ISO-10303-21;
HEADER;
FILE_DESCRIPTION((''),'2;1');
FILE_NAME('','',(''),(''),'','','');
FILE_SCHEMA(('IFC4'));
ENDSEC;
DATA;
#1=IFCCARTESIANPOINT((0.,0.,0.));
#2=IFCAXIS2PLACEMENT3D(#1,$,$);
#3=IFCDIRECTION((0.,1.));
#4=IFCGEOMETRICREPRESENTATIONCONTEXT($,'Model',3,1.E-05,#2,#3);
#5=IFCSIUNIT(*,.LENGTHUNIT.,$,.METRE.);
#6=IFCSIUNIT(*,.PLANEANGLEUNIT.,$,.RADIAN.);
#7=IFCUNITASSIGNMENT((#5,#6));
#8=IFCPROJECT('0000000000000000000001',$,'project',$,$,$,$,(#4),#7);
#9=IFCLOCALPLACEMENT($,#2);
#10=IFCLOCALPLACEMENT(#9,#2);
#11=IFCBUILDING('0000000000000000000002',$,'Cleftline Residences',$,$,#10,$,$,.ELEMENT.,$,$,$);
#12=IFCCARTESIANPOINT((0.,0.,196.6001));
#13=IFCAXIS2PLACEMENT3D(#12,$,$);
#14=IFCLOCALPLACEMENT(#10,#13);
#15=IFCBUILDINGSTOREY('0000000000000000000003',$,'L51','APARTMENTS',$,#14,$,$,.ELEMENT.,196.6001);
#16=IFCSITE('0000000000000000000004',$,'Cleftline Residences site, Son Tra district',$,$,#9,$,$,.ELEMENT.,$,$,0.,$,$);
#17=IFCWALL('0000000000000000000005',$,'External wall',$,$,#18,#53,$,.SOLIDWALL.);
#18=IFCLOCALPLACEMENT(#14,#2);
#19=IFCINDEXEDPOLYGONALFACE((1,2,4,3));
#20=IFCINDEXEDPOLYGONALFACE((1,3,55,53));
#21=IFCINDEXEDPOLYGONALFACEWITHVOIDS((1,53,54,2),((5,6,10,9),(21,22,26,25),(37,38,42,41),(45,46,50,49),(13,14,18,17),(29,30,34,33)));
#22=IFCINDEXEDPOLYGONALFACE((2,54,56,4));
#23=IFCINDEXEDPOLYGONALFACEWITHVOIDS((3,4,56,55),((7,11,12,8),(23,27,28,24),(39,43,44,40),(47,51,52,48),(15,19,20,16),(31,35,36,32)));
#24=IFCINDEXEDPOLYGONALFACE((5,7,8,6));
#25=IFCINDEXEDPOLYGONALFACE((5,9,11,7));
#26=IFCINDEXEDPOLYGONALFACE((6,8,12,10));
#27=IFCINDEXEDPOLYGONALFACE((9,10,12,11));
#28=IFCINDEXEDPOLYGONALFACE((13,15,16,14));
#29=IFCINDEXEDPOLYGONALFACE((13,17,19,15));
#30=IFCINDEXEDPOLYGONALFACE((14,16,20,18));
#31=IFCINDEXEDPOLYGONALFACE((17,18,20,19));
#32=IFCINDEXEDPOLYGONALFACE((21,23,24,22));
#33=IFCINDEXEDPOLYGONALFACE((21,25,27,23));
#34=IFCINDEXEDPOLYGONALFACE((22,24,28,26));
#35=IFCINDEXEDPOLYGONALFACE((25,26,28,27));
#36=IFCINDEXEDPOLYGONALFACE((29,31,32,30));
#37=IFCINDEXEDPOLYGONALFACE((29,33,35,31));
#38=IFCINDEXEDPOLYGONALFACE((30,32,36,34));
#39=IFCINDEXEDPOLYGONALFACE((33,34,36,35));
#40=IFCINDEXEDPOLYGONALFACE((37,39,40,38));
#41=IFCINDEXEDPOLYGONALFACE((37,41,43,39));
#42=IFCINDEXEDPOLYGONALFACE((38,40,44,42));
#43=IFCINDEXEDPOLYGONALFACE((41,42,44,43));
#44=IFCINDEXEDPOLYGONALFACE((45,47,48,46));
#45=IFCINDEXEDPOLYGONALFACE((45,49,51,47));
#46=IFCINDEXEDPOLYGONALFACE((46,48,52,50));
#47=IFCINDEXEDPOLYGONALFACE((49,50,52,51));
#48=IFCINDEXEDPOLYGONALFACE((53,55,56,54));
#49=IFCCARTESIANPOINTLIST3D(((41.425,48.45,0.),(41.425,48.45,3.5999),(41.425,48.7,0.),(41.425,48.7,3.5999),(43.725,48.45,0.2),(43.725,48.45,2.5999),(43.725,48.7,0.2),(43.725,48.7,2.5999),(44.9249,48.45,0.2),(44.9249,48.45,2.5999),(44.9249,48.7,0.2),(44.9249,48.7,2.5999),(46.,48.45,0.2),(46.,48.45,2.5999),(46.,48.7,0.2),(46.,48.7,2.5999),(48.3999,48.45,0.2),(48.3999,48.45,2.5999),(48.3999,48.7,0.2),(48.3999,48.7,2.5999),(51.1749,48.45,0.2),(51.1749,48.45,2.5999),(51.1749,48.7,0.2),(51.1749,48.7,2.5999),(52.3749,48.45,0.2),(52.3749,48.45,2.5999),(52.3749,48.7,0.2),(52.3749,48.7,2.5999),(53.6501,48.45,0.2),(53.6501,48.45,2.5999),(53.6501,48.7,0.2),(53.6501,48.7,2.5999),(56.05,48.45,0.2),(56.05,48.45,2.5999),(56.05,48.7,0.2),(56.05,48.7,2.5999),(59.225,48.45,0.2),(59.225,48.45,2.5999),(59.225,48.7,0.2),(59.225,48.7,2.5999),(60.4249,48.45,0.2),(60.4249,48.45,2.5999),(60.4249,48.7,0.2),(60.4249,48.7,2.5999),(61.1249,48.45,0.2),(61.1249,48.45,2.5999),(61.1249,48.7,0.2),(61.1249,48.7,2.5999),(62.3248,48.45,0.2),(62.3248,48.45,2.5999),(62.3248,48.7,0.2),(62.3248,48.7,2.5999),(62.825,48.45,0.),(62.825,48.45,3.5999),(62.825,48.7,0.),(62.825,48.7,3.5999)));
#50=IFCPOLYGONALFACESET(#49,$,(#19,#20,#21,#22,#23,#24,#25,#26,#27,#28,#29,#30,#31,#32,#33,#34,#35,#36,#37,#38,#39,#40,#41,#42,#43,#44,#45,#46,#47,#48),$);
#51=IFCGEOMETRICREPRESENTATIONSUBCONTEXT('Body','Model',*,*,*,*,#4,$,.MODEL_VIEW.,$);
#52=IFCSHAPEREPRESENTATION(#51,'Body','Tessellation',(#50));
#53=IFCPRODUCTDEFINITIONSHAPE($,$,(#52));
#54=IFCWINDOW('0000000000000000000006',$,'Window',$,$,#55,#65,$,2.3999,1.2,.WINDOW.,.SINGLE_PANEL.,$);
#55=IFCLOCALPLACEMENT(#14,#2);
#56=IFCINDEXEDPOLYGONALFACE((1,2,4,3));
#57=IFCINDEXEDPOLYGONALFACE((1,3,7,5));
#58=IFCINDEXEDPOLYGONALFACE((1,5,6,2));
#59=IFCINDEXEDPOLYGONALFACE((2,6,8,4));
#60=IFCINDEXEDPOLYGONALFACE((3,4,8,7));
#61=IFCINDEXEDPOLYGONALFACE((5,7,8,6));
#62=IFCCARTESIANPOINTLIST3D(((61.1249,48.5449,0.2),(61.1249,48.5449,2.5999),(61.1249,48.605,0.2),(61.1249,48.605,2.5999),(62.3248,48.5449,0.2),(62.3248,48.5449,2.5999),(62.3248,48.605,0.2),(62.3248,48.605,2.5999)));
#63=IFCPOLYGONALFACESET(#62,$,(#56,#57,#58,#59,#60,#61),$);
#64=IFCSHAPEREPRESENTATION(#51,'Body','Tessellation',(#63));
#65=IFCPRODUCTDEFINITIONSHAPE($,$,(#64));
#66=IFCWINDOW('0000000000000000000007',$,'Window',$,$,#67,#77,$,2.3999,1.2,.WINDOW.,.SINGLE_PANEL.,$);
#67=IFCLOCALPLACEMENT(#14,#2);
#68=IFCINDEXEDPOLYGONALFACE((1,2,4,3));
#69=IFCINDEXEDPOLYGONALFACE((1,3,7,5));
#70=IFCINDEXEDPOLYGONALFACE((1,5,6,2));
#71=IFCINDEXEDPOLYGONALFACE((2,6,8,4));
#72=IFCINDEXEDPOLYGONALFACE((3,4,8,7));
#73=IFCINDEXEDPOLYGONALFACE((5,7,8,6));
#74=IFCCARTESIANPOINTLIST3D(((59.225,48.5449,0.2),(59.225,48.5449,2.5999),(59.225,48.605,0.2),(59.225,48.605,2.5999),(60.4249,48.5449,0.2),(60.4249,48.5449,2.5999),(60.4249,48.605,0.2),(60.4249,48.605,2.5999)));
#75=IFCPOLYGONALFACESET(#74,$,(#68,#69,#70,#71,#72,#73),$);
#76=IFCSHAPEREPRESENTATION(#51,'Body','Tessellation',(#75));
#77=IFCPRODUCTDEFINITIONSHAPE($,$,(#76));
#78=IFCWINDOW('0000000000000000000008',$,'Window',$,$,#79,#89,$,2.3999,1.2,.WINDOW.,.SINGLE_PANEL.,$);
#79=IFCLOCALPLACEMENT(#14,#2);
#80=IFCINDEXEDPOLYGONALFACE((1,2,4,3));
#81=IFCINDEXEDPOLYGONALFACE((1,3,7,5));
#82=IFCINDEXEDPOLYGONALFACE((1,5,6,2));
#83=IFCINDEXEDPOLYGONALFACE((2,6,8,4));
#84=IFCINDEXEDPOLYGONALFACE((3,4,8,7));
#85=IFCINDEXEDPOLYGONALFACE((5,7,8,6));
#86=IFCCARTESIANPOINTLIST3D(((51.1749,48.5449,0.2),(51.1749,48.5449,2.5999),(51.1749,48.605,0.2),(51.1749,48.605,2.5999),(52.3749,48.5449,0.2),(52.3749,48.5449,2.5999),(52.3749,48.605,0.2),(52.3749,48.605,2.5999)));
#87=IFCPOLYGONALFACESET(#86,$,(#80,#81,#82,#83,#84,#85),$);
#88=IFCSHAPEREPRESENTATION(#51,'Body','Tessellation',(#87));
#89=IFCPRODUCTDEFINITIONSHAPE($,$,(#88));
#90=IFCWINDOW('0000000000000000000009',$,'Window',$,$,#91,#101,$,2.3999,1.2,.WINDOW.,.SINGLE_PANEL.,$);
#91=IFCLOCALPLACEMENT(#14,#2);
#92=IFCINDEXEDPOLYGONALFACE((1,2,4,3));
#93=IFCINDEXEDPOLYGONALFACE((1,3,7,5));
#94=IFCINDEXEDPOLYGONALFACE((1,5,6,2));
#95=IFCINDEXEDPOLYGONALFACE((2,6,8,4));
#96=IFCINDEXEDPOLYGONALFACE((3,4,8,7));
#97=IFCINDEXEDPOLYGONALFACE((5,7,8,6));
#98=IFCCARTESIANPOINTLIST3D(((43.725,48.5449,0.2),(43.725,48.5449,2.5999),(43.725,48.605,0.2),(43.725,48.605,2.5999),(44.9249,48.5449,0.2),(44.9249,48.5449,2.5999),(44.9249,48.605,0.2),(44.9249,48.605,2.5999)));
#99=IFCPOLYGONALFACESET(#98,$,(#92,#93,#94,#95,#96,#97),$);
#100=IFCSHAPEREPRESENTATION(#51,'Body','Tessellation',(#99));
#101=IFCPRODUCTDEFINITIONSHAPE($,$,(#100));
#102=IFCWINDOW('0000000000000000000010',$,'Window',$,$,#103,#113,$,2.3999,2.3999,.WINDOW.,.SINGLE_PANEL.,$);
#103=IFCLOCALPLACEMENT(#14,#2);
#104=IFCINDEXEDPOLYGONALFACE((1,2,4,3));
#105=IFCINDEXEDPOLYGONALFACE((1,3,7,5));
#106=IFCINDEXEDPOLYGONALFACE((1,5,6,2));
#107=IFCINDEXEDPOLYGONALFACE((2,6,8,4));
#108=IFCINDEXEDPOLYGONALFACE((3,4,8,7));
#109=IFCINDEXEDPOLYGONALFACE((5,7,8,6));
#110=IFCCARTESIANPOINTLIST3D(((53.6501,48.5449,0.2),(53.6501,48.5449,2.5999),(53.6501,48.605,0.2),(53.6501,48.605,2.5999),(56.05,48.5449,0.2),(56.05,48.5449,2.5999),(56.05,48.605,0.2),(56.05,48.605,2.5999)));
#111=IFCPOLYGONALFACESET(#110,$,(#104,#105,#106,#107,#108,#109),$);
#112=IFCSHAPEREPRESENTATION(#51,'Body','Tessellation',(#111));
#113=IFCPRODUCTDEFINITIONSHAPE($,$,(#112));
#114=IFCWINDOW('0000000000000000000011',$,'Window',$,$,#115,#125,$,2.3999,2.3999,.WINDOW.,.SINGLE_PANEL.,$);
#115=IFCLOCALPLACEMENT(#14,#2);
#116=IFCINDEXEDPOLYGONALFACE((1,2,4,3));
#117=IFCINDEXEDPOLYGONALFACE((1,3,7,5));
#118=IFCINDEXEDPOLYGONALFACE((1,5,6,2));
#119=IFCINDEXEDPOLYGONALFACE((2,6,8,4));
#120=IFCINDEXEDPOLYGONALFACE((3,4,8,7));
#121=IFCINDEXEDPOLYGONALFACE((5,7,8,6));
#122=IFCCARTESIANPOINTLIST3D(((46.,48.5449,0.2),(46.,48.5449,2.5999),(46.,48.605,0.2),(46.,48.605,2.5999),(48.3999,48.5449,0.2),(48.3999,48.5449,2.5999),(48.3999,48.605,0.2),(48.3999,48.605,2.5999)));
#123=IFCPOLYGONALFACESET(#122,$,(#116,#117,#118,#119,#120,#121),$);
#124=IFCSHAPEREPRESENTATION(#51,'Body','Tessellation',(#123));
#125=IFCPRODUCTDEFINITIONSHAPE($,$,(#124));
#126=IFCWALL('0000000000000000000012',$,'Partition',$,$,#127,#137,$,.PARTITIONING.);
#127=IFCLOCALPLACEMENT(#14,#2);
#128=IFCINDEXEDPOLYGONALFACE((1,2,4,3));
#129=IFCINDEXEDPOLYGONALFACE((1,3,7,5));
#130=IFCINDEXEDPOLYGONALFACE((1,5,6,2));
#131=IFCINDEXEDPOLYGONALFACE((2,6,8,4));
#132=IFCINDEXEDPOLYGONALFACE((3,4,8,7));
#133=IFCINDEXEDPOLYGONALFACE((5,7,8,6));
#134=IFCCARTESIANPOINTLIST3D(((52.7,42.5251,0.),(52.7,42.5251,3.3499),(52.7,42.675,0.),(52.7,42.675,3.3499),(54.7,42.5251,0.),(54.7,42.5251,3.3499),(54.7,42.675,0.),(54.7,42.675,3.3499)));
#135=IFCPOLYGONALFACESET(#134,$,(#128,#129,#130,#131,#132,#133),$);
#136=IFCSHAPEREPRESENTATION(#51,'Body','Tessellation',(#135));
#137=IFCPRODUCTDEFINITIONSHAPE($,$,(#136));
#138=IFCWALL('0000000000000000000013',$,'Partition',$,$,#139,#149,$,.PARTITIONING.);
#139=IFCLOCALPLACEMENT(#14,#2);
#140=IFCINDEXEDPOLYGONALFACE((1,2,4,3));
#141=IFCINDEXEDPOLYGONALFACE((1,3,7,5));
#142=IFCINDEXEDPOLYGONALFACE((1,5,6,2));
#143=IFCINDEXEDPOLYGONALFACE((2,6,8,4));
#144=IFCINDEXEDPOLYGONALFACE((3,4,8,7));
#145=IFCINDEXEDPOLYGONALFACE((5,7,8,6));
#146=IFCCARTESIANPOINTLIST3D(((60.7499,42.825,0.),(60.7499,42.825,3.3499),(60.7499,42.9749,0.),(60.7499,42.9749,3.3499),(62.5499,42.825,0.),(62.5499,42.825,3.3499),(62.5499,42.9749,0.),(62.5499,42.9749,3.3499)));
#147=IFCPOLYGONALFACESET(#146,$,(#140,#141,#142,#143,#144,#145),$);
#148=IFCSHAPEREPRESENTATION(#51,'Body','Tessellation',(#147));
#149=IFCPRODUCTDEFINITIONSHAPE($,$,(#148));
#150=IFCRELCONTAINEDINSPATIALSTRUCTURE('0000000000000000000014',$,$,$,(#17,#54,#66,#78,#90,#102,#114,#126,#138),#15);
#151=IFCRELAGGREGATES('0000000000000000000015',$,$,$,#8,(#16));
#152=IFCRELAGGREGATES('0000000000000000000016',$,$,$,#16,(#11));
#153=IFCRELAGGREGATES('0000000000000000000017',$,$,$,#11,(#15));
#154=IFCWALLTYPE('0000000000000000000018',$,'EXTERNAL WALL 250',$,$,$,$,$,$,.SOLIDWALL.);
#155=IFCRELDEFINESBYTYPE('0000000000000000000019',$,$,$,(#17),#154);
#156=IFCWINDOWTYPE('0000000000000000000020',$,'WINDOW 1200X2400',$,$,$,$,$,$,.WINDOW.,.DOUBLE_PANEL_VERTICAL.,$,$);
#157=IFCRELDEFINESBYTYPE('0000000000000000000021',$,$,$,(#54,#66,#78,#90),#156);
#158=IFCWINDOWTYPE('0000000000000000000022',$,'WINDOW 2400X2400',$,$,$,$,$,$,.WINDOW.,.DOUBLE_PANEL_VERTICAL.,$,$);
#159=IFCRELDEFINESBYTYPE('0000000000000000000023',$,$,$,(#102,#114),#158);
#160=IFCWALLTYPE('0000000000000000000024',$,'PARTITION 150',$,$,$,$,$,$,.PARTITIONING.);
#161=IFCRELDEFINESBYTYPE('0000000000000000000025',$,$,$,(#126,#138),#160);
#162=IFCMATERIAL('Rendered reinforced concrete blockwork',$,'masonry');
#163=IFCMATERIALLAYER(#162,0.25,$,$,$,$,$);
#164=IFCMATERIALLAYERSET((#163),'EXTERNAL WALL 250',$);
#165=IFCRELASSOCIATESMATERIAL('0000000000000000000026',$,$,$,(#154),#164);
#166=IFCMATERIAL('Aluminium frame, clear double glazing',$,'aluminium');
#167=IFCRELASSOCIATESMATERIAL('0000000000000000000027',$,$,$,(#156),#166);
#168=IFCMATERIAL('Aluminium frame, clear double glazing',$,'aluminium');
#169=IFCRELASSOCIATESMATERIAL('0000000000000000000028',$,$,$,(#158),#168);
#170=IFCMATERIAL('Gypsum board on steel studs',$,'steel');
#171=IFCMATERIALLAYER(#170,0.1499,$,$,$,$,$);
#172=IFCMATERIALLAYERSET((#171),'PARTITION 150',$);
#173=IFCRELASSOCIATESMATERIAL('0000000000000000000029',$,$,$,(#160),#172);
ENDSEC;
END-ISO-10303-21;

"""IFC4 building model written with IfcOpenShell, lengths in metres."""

from ifc_helpers import new_model, si_unit, direction, frame, frame_2d, origin, place, context, subcontext, project, spatial, rectangle, extrude, material, layer, layer_set, type_object, element, fill, save


model = new_model("IFC4")

# Units and contexts
model_context = context("Model", 3, precision=1e-05, world=origin(), true_north=direction((0.0, 1.0)))
body_context = subcontext(model_context, "Body", "Model", "MODEL_VIEW")
ifc_project = project(units=[si_unit("LENGTHUNIT", "METRE"), si_unit("PLANEANGLEUNIT", "RADIAN")], contexts=[model_context])

# Site, building, storey
site_placement = place(None, origin())
site = spatial("IfcSite", under=ifc_project, at=site_placement, Name="Cleftline Residences site, Son Tra district", CompositionType="ELEMENT", RefElevation=0.0)
building_placement = place(site_placement, origin())
building = spatial("IfcBuilding", under=site, at=building_placement, Name="Cleftline Residences", CompositionType="ELEMENT")
storey_placement = place(building_placement, frame((0.0, 0.0, 196.6001)))
storey = spatial("IfcBuildingStorey", under=building, at=storey_placement, Name="L51", Description="APARTMENTS", CompositionType="ELEMENT", Elevation=196.6001)

# Shared definitions
ifc_material_1 = material(Name="Rendered reinforced concrete blockwork", Category="masonry")
ifc_layer_1 = layer(ifc_material_1, 0.25)
ifc_layer_set_1 = layer_set([ifc_layer_1], Name="EXTERNAL WALL 250")
wall_type_1 = type_object("IfcWallType", Name="EXTERNAL WALL 250", PredefinedType="SOLIDWALL", material=ifc_layer_set_1)
ifc_material_2 = material(Name="Aluminium frame, clear double glazing", Category="aluminium")
window_type_1 = type_object("IfcWindowType", Name="WINDOW 1200X2400", PartitioningType="DOUBLE_PANEL_VERTICAL", PredefinedType="WINDOW", material=ifc_material_2)

# Shared definitions
ifc_material_3 = material(Name="Aluminium frame, clear double glazing", Category="aluminium")
window_type_2 = type_object("IfcWindowType", Name="WINDOW 2400X2400", PartitioningType="DOUBLE_PANEL_VERTICAL", PredefinedType="WINDOW", material=ifc_material_3)

# Wall, openings, windows
wall_1_placement = place(storey_placement, frame((62.825, 48.575, 0.0), z_axis=(0.0, 0.0, 1.0), x_axis=(-1.0, 0.0, 0.0)))
wall_1 = element("IfcWall", 1, at=wall_1_placement, inside=storey, type_object=wall_type_1, Name="External wall", PredefinedType="SOLIDWALL", context=body_context, shape_type="SweptSolid", body=[
    extrude(rectangle(XDim=21.3999, YDim=0.25, at=frame_2d((10.7, 0.0))), origin(), (0.0, 0.0, 1.0), 3.5999),
])
opening_1_placement = place(wall_1_placement, frame((0.5, 0.0, 0.2)))
opening_1 = element("IfcOpeningElement", 2, at=opening_1_placement, cuts=wall_1, PredefinedType="OPENING", context=body_context, shape_type="SweptSolid", body=[
    extrude(rectangle(XDim=1.2, YDim=2.3999, at=frame_2d((0.6001, 1.2))), frame((0.0, 0.135, 0.0), z_axis=(0.0, -1.0, 0.0), x_axis=(1.0, 0.0, 0.0)), (0.0, 0.0, 1.0), 0.27),
])
opening_2_placement = place(wall_1_placement, frame((2.3999, 0.0, 0.2)))
opening_2 = element("IfcOpeningElement", 3, at=opening_2_placement, cuts=wall_1, PredefinedType="OPENING", context=body_context, shape_type="SweptSolid", body=[
    extrude(rectangle(XDim=1.2, YDim=2.3999, at=frame_2d((0.6001, 1.2))), frame((0.0, 0.135, 0.0), z_axis=(0.0, -1.0, 0.0), x_axis=(1.0, 0.0, 0.0)), (0.0, 0.0, 1.0), 0.27),
])
opening_3_placement = place(wall_1_placement, frame((6.7749, 0.0, 0.2)))
opening_3 = element("IfcOpeningElement", 4, at=opening_3_placement, cuts=wall_1, PredefinedType="OPENING", context=body_context, shape_type="SweptSolid", body=[
    extrude(rectangle(XDim=2.3999, YDim=2.3999, at=frame_2d((1.2, 1.2))), frame((0.0, 0.135, 0.0), z_axis=(0.0, -1.0, 0.0), x_axis=(1.0, 0.0, 0.0)), (0.0, 0.0, 1.0), 0.27),
])
opening_4_placement = place(wall_1_placement, frame((10.45, 0.0, 0.2)))
opening_4 = element("IfcOpeningElement", 5, at=opening_4_placement, cuts=wall_1, PredefinedType="OPENING", context=body_context, shape_type="SweptSolid", body=[
    extrude(rectangle(XDim=1.2, YDim=2.3999, at=frame_2d((0.6001, 1.2))), frame((0.0, 0.135, 0.0), z_axis=(0.0, -1.0, 0.0), x_axis=(1.0, 0.0, 0.0)), (0.0, 0.0, 1.0), 0.27),
])
opening_5_placement = place(wall_1_placement, frame((14.425, 0.0, 0.2)))
opening_5 = element("IfcOpeningElement", 6, at=opening_5_placement, cuts=wall_1, PredefinedType="OPENING", context=body_context, shape_type="SweptSolid", body=[
    extrude(rectangle(XDim=2.3999, YDim=2.3999, at=frame_2d((1.2, 1.2))), frame((0.0, 0.135, 0.0), z_axis=(0.0, -1.0, 0.0), x_axis=(1.0, 0.0, 0.0)), (0.0, 0.0, 1.0), 0.27),
])
opening_6_placement = place(wall_1_placement, frame((17.8999, 0.0, 0.2)))
opening_6 = element("IfcOpeningElement", 7, at=opening_6_placement, cuts=wall_1, PredefinedType="OPENING", context=body_context, shape_type="SweptSolid", body=[
    extrude(rectangle(XDim=1.2, YDim=2.3999, at=frame_2d((0.6001, 1.2))), frame((0.0, 0.135, 0.0), z_axis=(0.0, -1.0, 0.0), x_axis=(1.0, 0.0, 0.0)), (0.0, 0.0, 1.0), 0.27),
])
window_1_placement = place(opening_1_placement, origin())
window_1 = element("IfcWindow", 8, at=window_1_placement, inside=storey, type_object=window_type_1, Name="Window", OverallHeight=2.3999, OverallWidth=1.2, PartitioningType="SINGLE_PANEL", PredefinedType="WINDOW", context=body_context, shape_type="SweptSolid", body=[
    extrude(rectangle(XDim=1.2, YDim=2.3999, at=frame_2d((0.6001, 1.2))), frame((0.0, 0.03, 0.0), z_axis=(0.0, -1.0, 0.0), x_axis=(1.0, 0.0, 0.0)), (0.0, 0.0, 1.0), 0.0601),
])
fill(opening_1, window_1)
window_2_placement = place(opening_2_placement, origin())
window_2 = element("IfcWindow", 9, at=window_2_placement, inside=storey, type_object=window_type_1, Name="Window", OverallHeight=2.3999, OverallWidth=1.2, PartitioningType="SINGLE_PANEL", PredefinedType="WINDOW", context=body_context, shape_type="SweptSolid", body=[
    extrude(rectangle(XDim=1.2, YDim=2.3999, at=frame_2d((0.6001, 1.2))), frame((0.0, 0.03, 0.0), z_axis=(0.0, -1.0, 0.0), x_axis=(1.0, 0.0, 0.0)), (0.0, 0.0, 1.0), 0.0601),
])
fill(opening_2, window_2)
window_3_placement = place(opening_4_placement, origin())
window_3 = element("IfcWindow", 10, at=window_3_placement, inside=storey, type_object=window_type_1, Name="Window", OverallHeight=2.3999, OverallWidth=1.2, PartitioningType="SINGLE_PANEL", PredefinedType="WINDOW", context=body_context, shape_type="SweptSolid", body=[
    extrude(rectangle(XDim=1.2, YDim=2.3999, at=frame_2d((0.6001, 1.2))), frame((0.0, 0.03, 0.0), z_axis=(0.0, -1.0, 0.0), x_axis=(1.0, 0.0, 0.0)), (0.0, 0.0, 1.0), 0.0601),
])
fill(opening_4, window_3)
window_4_placement = place(opening_6_placement, origin())
window_4 = element("IfcWindow", 11, at=window_4_placement, inside=storey, type_object=window_type_1, Name="Window", OverallHeight=2.3999, OverallWidth=1.2, PartitioningType="SINGLE_PANEL", PredefinedType="WINDOW", context=body_context, shape_type="SweptSolid", body=[
    extrude(rectangle(XDim=1.2, YDim=2.3999, at=frame_2d((0.6001, 1.2))), frame((0.0, 0.03, 0.0), z_axis=(0.0, -1.0, 0.0), x_axis=(1.0, 0.0, 0.0)), (0.0, 0.0, 1.0), 0.0601),
])
fill(opening_6, window_4)
window_5_placement = place(opening_3_placement, origin())
window_5 = element("IfcWindow", 12, at=window_5_placement, inside=storey, type_object=window_type_2, Name="Window", OverallHeight=2.3999, OverallWidth=2.3999, PartitioningType="SINGLE_PANEL", PredefinedType="WINDOW", context=body_context, shape_type="SweptSolid", body=[
    extrude(rectangle(XDim=2.3999, YDim=2.3999, at=frame_2d((1.2, 1.2))), frame((0.0, 0.03, 0.0), z_axis=(0.0, -1.0, 0.0), x_axis=(1.0, 0.0, 0.0)), (0.0, 0.0, 1.0), 0.0601),
])
fill(opening_3, window_5)
window_6_placement = place(opening_5_placement, origin())
window_6 = element("IfcWindow", 13, at=window_6_placement, inside=storey, type_object=window_type_2, Name="Window", OverallHeight=2.3999, OverallWidth=2.3999, PartitioningType="SINGLE_PANEL", PredefinedType="WINDOW", context=body_context, shape_type="SweptSolid", body=[
    extrude(rectangle(XDim=2.3999, YDim=2.3999, at=frame_2d((1.2, 1.2))), frame((0.0, 0.03, 0.0), z_axis=(0.0, -1.0, 0.0), x_axis=(1.0, 0.0, 0.0)), (0.0, 0.0, 1.0), 0.0601),
])
fill(opening_5, window_6)

# Walls
ifc_material_4 = material(Name="Gypsum board on steel studs", Category="steel")
ifc_layer_2 = layer(ifc_material_4, 0.1499)
ifc_layer_set_2 = layer_set([ifc_layer_2], Name="PARTITION 150")
wall_type_2 = type_object("IfcWallType", Name="PARTITION 150", PredefinedType="PARTITIONING", material=ifc_layer_set_2)
wall_2_placement = place(storey_placement, frame((52.7, 42.6001, 0.0), z_axis=(0.0, 0.0, 1.0), x_axis=(1.0, 0.0, 0.0)))
element("IfcWall", 14, at=wall_2_placement, inside=storey, type_object=wall_type_2, Name="Partition", PredefinedType="PARTITIONING", context=body_context, shape_type="SweptSolid", body=[
    extrude(rectangle(XDim=2.0, YDim=0.1499, at=frame_2d((1.0, 0.0))), origin(), (0.0, 0.0, 1.0), 3.3499),
])
wall_3_placement = place(storey_placement, frame((60.75, 42.8999, 0.0), z_axis=(0.0, 0.0, 1.0), x_axis=(1.0, 0.0, 0.0)))
element("IfcWall", 15, at=wall_3_placement, inside=storey, type_object=wall_type_2, Name="Partition", PredefinedType="PARTITIONING", context=body_context, shape_type="SweptSolid", body=[
    extrude(rectangle(XDim=1.8, YDim=0.1499, at=frame_2d((0.8999, 0.0))), origin(), (0.0, 0.0, 1.0), 3.3499),
])

save(model, "model.ifc")
